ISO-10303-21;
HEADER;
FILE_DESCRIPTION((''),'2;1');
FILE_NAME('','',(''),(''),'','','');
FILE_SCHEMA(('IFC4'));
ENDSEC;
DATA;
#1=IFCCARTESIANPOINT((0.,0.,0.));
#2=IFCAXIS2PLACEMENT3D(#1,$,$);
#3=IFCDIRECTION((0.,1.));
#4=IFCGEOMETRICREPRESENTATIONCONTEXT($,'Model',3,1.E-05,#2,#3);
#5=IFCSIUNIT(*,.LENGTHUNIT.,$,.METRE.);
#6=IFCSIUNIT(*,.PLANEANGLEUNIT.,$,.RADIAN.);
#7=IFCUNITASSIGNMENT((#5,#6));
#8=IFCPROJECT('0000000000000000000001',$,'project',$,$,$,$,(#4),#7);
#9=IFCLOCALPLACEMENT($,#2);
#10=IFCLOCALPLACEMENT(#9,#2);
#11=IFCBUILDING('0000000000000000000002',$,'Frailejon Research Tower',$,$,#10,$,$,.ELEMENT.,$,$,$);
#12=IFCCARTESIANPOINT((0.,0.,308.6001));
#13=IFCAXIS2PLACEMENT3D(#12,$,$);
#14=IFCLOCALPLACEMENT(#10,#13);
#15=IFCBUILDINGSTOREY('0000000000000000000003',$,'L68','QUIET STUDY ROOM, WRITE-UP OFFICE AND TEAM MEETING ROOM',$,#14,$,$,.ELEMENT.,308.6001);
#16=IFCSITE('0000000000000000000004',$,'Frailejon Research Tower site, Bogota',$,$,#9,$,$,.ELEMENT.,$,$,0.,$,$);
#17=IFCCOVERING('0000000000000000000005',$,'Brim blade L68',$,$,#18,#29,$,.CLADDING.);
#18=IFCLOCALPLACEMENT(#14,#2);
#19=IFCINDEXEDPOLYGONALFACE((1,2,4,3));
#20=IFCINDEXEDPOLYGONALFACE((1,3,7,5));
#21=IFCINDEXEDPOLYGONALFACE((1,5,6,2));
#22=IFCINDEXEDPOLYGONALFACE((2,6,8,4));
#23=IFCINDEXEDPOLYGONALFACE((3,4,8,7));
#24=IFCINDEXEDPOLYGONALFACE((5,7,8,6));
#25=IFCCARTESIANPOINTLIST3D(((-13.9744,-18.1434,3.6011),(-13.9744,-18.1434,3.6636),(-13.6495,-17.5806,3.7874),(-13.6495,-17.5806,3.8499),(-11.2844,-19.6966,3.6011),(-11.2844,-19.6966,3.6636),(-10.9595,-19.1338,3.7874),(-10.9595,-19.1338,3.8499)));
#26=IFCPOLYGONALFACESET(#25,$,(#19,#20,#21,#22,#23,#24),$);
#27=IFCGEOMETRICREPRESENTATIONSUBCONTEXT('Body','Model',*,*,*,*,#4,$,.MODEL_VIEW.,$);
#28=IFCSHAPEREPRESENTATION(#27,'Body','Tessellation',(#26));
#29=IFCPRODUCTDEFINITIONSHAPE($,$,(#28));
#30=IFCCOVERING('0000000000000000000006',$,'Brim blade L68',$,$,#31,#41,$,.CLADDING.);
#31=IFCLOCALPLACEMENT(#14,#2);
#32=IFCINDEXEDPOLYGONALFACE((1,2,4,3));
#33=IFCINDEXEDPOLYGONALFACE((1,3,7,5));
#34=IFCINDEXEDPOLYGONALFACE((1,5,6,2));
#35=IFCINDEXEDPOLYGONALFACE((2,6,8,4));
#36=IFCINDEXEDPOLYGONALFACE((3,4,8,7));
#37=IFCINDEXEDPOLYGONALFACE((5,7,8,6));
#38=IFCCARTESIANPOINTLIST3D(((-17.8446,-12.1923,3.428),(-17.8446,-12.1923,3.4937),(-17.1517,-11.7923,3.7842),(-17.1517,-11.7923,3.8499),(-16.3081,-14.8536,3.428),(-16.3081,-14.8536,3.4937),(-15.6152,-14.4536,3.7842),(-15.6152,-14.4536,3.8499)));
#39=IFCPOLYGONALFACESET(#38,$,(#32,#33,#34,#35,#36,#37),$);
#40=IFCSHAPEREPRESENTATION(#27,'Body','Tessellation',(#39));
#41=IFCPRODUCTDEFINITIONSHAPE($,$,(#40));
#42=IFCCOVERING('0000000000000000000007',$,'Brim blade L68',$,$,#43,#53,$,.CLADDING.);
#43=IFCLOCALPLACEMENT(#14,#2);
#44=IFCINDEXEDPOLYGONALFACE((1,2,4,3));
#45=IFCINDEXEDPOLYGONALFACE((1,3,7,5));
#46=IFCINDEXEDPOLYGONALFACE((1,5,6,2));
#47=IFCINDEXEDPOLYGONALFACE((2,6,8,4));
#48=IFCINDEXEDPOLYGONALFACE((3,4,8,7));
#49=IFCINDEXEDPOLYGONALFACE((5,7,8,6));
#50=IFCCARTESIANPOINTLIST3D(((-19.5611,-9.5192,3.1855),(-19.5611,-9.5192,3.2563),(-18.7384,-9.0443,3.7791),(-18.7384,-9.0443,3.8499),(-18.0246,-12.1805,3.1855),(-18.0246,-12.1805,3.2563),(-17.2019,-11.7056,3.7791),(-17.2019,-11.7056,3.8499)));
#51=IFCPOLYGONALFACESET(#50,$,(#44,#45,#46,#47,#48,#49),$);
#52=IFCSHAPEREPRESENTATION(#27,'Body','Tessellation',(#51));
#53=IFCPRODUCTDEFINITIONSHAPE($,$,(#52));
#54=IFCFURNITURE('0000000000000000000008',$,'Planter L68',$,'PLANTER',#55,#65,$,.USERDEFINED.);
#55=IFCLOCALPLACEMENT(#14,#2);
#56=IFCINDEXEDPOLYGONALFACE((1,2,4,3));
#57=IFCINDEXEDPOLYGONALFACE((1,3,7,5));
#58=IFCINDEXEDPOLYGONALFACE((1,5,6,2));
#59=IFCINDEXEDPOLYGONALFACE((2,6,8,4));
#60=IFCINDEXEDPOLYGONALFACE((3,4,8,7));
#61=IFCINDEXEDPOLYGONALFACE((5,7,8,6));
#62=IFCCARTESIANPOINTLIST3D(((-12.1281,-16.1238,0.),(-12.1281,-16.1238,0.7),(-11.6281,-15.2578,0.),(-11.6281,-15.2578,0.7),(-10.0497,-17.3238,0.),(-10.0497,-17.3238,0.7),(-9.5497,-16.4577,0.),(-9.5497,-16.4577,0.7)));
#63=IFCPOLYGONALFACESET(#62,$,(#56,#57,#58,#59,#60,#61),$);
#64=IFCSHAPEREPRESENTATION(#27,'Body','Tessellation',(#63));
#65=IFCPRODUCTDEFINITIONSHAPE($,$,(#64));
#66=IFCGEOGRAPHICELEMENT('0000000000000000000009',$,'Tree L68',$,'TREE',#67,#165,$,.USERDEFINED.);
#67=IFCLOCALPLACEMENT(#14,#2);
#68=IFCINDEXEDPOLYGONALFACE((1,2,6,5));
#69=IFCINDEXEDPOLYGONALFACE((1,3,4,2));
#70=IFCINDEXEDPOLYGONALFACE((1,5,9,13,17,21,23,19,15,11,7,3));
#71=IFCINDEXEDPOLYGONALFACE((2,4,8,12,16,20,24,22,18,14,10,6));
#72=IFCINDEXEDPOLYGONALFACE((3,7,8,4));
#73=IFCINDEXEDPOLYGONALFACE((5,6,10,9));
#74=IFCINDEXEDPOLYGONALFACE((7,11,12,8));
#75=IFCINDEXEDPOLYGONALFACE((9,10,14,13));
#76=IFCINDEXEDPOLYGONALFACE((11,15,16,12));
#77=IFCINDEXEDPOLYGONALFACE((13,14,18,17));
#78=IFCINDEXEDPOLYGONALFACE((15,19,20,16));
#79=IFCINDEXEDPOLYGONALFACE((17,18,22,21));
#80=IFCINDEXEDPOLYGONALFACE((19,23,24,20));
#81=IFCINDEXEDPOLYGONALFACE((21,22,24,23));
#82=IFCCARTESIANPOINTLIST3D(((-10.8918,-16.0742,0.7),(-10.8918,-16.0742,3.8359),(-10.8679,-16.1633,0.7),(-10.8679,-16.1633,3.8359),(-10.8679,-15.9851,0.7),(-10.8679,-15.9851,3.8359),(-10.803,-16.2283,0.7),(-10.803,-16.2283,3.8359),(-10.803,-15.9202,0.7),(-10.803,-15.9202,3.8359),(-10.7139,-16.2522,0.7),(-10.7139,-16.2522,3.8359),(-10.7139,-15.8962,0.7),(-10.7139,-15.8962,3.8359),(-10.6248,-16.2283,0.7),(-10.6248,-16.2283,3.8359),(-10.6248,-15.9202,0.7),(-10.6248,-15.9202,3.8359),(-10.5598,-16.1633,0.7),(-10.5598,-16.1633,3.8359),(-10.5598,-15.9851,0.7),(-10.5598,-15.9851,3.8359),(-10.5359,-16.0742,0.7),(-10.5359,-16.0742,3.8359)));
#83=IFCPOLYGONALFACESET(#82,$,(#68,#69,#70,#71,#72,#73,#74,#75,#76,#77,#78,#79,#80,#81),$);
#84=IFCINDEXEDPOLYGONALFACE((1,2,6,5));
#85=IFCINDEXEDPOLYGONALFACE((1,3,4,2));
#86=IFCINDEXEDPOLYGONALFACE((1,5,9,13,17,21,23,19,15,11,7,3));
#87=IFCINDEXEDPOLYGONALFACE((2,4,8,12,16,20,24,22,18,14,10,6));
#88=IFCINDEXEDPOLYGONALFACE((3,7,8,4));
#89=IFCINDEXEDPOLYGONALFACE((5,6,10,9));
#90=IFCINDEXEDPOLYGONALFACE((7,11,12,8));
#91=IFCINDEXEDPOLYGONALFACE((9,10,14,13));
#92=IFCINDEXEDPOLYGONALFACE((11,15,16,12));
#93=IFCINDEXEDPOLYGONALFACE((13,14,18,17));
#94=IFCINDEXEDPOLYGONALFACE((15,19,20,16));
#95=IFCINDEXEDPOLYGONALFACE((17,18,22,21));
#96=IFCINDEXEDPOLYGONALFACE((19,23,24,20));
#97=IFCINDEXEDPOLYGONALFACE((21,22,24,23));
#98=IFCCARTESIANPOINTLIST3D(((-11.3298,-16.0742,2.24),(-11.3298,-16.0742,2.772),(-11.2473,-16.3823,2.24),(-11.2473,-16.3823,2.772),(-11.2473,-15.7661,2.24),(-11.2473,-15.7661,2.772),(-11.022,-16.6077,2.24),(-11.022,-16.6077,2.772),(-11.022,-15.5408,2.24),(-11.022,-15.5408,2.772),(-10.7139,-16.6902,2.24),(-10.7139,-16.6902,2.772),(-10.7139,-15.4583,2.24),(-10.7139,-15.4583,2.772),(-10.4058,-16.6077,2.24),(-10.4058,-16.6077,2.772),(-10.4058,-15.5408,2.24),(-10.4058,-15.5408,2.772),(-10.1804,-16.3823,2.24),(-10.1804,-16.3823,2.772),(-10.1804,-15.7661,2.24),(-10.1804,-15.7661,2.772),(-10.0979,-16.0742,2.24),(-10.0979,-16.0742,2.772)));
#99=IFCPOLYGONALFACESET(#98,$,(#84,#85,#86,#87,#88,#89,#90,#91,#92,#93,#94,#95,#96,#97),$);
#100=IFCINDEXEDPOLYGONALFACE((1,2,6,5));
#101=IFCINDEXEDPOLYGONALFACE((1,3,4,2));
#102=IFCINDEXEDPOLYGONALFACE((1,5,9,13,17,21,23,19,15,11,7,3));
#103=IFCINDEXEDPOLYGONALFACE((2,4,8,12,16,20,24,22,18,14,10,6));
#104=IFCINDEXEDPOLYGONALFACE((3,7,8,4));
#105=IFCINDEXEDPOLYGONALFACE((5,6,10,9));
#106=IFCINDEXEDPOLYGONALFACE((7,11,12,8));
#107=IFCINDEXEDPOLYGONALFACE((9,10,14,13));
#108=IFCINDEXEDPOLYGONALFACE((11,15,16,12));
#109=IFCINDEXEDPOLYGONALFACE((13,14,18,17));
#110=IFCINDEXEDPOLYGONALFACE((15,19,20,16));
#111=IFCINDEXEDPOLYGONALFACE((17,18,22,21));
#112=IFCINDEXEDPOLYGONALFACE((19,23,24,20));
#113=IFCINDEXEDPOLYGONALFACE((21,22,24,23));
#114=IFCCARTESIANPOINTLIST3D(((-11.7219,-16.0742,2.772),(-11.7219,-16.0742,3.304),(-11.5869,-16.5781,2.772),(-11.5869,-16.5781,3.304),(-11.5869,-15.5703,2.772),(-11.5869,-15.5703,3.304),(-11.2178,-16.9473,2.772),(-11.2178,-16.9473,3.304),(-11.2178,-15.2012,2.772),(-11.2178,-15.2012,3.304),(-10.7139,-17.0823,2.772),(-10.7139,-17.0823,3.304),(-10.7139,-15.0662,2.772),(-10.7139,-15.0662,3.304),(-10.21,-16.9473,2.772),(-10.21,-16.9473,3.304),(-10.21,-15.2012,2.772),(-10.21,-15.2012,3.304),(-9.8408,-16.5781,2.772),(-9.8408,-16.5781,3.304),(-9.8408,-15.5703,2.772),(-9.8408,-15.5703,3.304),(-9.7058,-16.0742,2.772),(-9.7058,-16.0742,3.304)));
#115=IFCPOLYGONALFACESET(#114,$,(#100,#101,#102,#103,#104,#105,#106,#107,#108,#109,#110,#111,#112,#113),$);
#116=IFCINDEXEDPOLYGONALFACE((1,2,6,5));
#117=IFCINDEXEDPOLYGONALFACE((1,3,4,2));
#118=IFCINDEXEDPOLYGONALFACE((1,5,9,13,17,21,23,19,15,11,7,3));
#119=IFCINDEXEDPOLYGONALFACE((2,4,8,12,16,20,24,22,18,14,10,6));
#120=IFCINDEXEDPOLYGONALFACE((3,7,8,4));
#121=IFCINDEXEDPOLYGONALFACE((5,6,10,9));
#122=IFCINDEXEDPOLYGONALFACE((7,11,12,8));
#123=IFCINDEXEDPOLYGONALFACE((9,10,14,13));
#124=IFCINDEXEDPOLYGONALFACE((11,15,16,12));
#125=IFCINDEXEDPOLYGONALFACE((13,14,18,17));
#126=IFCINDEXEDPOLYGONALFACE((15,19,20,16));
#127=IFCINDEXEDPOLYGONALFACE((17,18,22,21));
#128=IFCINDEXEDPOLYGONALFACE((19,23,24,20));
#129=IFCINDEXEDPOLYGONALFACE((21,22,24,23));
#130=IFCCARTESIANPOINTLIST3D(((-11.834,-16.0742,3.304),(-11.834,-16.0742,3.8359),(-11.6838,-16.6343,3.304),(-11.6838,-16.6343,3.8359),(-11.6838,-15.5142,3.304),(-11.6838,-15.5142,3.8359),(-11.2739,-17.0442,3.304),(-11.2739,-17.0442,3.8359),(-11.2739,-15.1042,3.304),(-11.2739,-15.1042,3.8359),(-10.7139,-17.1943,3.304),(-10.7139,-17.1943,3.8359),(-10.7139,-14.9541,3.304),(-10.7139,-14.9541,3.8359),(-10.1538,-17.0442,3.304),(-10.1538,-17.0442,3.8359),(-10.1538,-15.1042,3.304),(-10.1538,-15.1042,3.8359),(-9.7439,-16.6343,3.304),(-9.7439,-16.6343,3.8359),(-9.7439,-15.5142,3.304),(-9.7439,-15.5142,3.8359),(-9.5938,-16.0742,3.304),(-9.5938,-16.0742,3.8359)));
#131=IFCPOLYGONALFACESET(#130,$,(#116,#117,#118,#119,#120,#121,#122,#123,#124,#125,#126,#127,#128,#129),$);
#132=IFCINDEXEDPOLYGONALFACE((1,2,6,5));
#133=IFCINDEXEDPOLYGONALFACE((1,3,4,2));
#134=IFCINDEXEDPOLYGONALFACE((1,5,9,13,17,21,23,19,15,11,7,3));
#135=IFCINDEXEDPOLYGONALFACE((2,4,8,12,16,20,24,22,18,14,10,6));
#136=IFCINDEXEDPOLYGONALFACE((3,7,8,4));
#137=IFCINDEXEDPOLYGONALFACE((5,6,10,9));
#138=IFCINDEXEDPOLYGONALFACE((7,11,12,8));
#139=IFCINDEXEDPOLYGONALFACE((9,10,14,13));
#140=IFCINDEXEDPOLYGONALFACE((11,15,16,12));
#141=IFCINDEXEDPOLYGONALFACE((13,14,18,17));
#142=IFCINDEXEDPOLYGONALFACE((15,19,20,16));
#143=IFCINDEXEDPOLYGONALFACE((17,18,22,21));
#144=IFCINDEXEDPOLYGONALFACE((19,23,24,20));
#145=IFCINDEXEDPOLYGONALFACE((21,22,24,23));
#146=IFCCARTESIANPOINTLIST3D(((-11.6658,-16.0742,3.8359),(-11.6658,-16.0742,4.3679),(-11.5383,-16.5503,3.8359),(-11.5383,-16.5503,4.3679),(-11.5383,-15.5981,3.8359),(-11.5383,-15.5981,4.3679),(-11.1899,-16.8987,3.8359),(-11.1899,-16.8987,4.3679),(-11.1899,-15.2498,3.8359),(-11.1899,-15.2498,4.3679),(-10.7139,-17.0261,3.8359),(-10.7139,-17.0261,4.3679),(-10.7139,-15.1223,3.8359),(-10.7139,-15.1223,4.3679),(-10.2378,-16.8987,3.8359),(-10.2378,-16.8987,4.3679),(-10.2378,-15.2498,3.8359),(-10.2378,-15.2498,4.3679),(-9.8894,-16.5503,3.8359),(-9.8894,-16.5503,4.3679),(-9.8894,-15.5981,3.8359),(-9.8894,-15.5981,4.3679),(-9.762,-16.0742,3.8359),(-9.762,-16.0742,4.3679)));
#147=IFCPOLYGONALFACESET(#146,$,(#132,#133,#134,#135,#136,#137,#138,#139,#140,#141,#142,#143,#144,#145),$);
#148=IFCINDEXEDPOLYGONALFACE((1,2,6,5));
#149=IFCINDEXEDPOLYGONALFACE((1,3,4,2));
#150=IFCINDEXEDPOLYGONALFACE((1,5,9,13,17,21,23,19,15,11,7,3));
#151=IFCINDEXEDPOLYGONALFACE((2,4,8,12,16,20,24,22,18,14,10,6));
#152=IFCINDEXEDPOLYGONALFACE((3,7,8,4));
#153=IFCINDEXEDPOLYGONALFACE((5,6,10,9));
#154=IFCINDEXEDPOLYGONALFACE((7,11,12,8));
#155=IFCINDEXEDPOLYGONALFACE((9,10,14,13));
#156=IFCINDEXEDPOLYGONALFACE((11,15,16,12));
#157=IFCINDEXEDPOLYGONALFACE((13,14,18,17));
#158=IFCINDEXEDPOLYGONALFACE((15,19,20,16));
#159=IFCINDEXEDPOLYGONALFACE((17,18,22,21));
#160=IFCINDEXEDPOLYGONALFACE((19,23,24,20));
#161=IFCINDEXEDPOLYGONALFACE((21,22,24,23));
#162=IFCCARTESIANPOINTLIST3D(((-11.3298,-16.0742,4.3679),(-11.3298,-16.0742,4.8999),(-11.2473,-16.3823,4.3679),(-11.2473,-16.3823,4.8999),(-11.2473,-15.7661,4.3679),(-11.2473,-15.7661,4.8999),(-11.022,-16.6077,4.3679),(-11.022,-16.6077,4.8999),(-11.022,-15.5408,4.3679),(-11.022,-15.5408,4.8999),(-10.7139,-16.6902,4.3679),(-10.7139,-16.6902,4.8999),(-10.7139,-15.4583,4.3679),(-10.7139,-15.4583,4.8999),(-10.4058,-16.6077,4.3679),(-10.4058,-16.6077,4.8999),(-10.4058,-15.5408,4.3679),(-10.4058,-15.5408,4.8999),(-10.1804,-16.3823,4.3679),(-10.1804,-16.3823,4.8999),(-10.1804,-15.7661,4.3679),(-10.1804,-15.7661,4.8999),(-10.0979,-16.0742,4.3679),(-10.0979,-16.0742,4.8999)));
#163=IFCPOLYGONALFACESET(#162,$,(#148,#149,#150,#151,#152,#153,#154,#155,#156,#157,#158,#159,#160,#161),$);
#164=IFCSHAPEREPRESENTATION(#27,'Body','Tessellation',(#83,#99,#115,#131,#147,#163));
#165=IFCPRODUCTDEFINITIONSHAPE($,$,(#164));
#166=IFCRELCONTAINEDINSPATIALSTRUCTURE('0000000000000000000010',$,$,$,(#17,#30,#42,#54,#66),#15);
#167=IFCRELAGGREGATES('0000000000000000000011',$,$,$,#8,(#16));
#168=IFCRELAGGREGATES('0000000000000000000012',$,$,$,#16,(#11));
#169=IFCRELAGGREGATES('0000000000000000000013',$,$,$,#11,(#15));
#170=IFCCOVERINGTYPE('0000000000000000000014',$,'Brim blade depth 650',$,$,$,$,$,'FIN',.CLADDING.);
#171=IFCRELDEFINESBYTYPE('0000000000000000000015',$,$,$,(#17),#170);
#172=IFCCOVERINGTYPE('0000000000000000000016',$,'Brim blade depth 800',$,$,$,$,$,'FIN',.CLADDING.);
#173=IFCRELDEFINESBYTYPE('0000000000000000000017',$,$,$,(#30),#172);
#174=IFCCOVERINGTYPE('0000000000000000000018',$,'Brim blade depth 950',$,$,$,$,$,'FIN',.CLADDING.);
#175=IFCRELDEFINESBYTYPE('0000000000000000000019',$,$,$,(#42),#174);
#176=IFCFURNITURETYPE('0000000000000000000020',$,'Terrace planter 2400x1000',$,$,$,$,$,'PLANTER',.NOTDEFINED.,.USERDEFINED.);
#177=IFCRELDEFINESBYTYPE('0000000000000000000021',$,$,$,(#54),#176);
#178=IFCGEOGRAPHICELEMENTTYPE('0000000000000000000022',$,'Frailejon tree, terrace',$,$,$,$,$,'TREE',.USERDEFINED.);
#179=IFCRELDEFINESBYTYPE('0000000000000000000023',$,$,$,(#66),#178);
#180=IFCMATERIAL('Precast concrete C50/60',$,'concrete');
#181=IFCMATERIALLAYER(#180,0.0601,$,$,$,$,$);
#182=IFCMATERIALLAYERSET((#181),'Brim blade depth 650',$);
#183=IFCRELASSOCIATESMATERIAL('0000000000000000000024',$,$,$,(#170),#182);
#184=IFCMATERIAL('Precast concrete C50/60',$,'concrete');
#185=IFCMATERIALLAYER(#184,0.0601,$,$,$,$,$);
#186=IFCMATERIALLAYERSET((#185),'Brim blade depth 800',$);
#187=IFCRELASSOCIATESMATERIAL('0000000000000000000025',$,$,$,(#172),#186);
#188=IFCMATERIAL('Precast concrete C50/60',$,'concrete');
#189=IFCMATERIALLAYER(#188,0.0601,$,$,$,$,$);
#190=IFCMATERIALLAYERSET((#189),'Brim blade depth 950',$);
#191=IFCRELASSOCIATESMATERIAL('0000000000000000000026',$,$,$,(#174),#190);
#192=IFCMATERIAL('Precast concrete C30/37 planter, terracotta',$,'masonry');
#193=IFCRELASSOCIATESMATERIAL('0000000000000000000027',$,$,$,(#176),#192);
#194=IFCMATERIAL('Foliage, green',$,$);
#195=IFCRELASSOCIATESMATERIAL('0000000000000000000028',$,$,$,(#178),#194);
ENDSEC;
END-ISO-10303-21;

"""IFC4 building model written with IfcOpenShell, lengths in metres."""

from ifc_helpers import new_model, si_unit, direction, frame, origin, origin_2d, place, context, subcontext, project, spatial, polyline, rectangle, outline, extrude, material, layer, layer_set, type_object, element, save


model = new_model("IFC4")

# Units and contexts
model_context = context("Model", 3, precision=1e-05, world=origin(), true_north=direction((0.0, 1.0)))
body_context = subcontext(model_context, "Body", "Model", "MODEL_VIEW")
ifc_project = project(units=[si_unit("LENGTHUNIT", "METRE"), si_unit("PLANEANGLEUNIT", "RADIAN")], contexts=[model_context])

# Site, building, storey
site_placement = place(None, origin())
site = spatial("IfcSite", under=ifc_project, at=site_placement, Name="Frailejon Research Tower site, Bogota", CompositionType="ELEMENT", RefElevation=0.0)
building_placement = place(site_placement, origin())
building = spatial("IfcBuilding", under=site, at=building_placement, Name="Frailejon Research Tower", CompositionType="ELEMENT")
storey_placement = place(building_placement, frame((0.0, 0.0, 308.6001)))
storey = spatial("IfcBuildingStorey", under=building, at=storey_placement, Name="L68", Description="QUIET STUDY ROOM, WRITE-UP OFFICE AND TEAM MEETING ROOM", CompositionType="ELEMENT", Elevation=308.6001)

# Coverings
ifc_material_1 = material(Name="Precast concrete C50/60", Category="concrete")
ifc_layer_1 = layer(ifc_material_1, 0.0601)
ifc_layer_set_1 = layer_set([ifc_layer_1], Name="Brim blade depth 650")
covering_type_1 = type_object("IfcCoveringType", Name="Brim blade depth 650", ElementType="FIN", PredefinedType="CLADDING", material=ifc_layer_set_1)
covering_1_placement = place(storey_placement, frame((-10.9595, -19.1338, 3.8499), z_axis=(-0.866014, 0.50002, 0.0), x_axis=(-0.50002, -0.866014, 0.0)))
element("IfcCovering", 1, at=covering_1_placement, inside=storey, type_object=covering_type_1, Name="Brim blade L68", PredefinedType="CLADDING", context=body_context, shape_type="SweptSolid", body=[
    extrude(outline(polyline([(0.0, -0.0625), (0.6499, -0.2488), (0.6499, -0.1863), (0.0, 0.0), (0.0, -0.0625)])), origin(), (0.0, 0.0, 1.0), 3.1062),
])
ifc_material_2 = material(Name="Precast concrete C50/60", Category="concrete")
ifc_layer_2 = layer(ifc_material_2, 0.0601)
ifc_layer_set_2 = layer_set([ifc_layer_2], Name="Brim blade depth 800")
covering_type_2 = type_object("IfcCoveringType", Name="Brim blade depth 800", ElementType="FIN", PredefinedType="CLADDING", material=ifc_layer_set_2)
covering_2_placement = place(storey_placement, frame((-15.6152, -14.4536, 3.8499), z_axis=(-0.5, 0.866026, 0.0), x_axis=(-0.866026, -0.5, 0.0)))
element("IfcCovering", 2, at=covering_2_placement, inside=storey, type_object=covering_type_2, Name="Brim blade L68", PredefinedType="CLADDING", context=body_context, shape_type="SweptSolid", body=[
    extrude(outline(polyline([(0.0, -0.0657), (0.8, -0.4219), (0.8, -0.3562), (0.0, 0.0), (0.0, -0.0657)])), origin(), (0.0, 0.0, 1.0), 3.073),
])
ifc_material_3 = material(Name="Precast concrete C50/60", Category="concrete")
ifc_layer_3 = layer(ifc_material_3, 0.0601)
ifc_layer_set_3 = layer_set([ifc_layer_3], Name="Brim blade depth 950")
covering_type_3 = type_object("IfcCoveringType", Name="Brim blade depth 950", ElementType="FIN", PredefinedType="CLADDING", material=ifc_layer_set_3)
covering_3_placement = place(storey_placement, frame((-17.2019, -11.7056, 3.8499), z_axis=(-0.49999, 0.866031, 0.0), x_axis=(-0.866031, -0.49999, 0.0)))
element("IfcCovering", 3, at=covering_3_placement, inside=storey, type_object=covering_type_3, Name="Brim blade L68", PredefinedType="CLADDING", context=body_context, shape_type="SweptSolid", body=[
    extrude(outline(polyline([(0.0, -0.0708), (0.95, -0.6643), (0.95, -0.5935), (0.0, 0.0), (0.0, -0.0708)])), origin(), (0.0, 0.0, 1.0), 3.073),
])

# Furniture
ifc_material_4 = material(Name="Precast concrete C30/37 planter, terracotta", Category="masonry")
furniture_type = type_object("IfcFurnitureType", Name="Terrace planter 2400x1000", ElementType="PLANTER", AssemblyPlace="NOTDEFINED", PredefinedType="USERDEFINED", material=ifc_material_4)
furniture_placement = place(storey_placement, frame((-10.8389, -16.2908, 0.0), z_axis=(0.0, 0.0, 1.0), x_axis=(0.866025, -0.5, 0.0)))
element("IfcFurniture", 4, at=furniture_placement, inside=storey, type_object=furniture_type, Name="Planter L68", ObjectType="PLANTER", PredefinedType="USERDEFINED", context=body_context, shape_type="SweptSolid", body=[
    extrude(rectangle(XDim=2.3999, YDim=1.0, at=origin_2d()), origin(), (0.0, 0.0, 1.0), 0.7),
])

# Geographic element
ifc_material_5 = material(Name="Foliage, green")
geographic_element_type = type_object("IfcGeographicElementType", Name="Frailejon tree, terrace", ElementType="TREE", PredefinedType="USERDEFINED", material=ifc_material_5)
geographic_element_placement = place(storey_placement, frame((-10.7139, -16.0742, 0.7)))
element("IfcGeographicElement", 5, at=geographic_element_placement, inside=storey, type_object=geographic_element_type, Name="Tree L68", ObjectType="TREE", PredefinedType="USERDEFINED", context=body_context, shape_type="SweptSolid", body=[
    extrude(outline(polyline([(0.178, 0.0), (0.1541, 0.0891), (0.0891, 0.1541), (0.0, 0.178), (-0.0891, 0.1541), (-0.1541, 0.0891), (-0.178, 0.0), (-0.1541, -0.0891), (-0.0891, -0.1541), (0.0, -0.178), (0.0891, -0.1541), (0.1541, -0.0891), (0.178, 0.0)])), origin(), (0.0, 0.0, 1.0), 3.136),
    extrude(outline(polyline([(0.616, 0.0), (0.5334, 0.3081), (0.3081, 0.5334), (0.0, 0.616), (-0.3081, 0.5334), (-0.5334, 0.3081), (-0.616, 0.0), (-0.5334, -0.3081), (-0.3081, -0.5334), (0.0, -0.616), (0.3081, -0.5334), (0.5334, -0.3081), (0.616, 0.0)])), frame((0.0, 0.0, 1.54)), (0.0, 0.0, 1.0), 0.532),
    extrude(outline(polyline([(1.0081, 0.0), (0.873, 0.5039), (0.5039, 0.873), (0.0, 1.0081), (-0.5039, 0.873), (-0.873, 0.5039), (-1.0081, 0.0), (-0.873, -0.5039), (-0.5039, -0.873), (0.0, -1.0081), (0.5039, -0.873), (0.873, -0.5039), (1.0081, 0.0)])), frame((0.0, 0.0, 2.072)), (0.0, 0.0, 1.0), 0.532),
    extrude(outline(polyline([(1.1201, 0.0), (0.97, 0.5601), (0.5601, 0.97), (0.0, 1.1201), (-0.5601, 0.97), (-0.97, 0.5601), (-1.1201, 0.0), (-0.97, -0.5601), (-0.5601, -0.97), (0.0, -1.1201), (0.5601, -0.97), (0.97, -0.5601), (1.1201, 0.0)])), frame((0.0, 0.0, 2.604)), (0.0, 0.0, 1.0), 0.532),
    extrude(outline(polyline([(0.9519, 0.0), (0.8245, 0.4761), (0.4761, 0.8245), (0.0, 0.9519), (-0.4761, 0.8245), (-0.8245, 0.4761), (-0.9519, 0.0), (-0.8245, -0.4761), (-0.4761, -0.8245), (0.0, -0.9519), (0.4761, -0.8245), (0.8245, -0.4761), (0.9519, 0.0)])), frame((0.0, 0.0, 3.136)), (0.0, 0.0, 1.0), 0.532),
    extrude(outline(polyline([(0.616, 0.0), (0.5334, 0.3081), (0.3081, 0.5334), (0.0, 0.616), (-0.3081, 0.5334), (-0.5334, 0.3081), (-0.616, 0.0), (-0.5334, -0.3081), (-0.3081, -0.5334), (0.0, -0.616), (0.3081, -0.5334), (0.5334, -0.3081), (0.616, 0.0)])), frame((0.0, 0.0, 3.668)), (0.0, 0.0, 1.0), 0.532),
])

save(model, "model.ifc")
